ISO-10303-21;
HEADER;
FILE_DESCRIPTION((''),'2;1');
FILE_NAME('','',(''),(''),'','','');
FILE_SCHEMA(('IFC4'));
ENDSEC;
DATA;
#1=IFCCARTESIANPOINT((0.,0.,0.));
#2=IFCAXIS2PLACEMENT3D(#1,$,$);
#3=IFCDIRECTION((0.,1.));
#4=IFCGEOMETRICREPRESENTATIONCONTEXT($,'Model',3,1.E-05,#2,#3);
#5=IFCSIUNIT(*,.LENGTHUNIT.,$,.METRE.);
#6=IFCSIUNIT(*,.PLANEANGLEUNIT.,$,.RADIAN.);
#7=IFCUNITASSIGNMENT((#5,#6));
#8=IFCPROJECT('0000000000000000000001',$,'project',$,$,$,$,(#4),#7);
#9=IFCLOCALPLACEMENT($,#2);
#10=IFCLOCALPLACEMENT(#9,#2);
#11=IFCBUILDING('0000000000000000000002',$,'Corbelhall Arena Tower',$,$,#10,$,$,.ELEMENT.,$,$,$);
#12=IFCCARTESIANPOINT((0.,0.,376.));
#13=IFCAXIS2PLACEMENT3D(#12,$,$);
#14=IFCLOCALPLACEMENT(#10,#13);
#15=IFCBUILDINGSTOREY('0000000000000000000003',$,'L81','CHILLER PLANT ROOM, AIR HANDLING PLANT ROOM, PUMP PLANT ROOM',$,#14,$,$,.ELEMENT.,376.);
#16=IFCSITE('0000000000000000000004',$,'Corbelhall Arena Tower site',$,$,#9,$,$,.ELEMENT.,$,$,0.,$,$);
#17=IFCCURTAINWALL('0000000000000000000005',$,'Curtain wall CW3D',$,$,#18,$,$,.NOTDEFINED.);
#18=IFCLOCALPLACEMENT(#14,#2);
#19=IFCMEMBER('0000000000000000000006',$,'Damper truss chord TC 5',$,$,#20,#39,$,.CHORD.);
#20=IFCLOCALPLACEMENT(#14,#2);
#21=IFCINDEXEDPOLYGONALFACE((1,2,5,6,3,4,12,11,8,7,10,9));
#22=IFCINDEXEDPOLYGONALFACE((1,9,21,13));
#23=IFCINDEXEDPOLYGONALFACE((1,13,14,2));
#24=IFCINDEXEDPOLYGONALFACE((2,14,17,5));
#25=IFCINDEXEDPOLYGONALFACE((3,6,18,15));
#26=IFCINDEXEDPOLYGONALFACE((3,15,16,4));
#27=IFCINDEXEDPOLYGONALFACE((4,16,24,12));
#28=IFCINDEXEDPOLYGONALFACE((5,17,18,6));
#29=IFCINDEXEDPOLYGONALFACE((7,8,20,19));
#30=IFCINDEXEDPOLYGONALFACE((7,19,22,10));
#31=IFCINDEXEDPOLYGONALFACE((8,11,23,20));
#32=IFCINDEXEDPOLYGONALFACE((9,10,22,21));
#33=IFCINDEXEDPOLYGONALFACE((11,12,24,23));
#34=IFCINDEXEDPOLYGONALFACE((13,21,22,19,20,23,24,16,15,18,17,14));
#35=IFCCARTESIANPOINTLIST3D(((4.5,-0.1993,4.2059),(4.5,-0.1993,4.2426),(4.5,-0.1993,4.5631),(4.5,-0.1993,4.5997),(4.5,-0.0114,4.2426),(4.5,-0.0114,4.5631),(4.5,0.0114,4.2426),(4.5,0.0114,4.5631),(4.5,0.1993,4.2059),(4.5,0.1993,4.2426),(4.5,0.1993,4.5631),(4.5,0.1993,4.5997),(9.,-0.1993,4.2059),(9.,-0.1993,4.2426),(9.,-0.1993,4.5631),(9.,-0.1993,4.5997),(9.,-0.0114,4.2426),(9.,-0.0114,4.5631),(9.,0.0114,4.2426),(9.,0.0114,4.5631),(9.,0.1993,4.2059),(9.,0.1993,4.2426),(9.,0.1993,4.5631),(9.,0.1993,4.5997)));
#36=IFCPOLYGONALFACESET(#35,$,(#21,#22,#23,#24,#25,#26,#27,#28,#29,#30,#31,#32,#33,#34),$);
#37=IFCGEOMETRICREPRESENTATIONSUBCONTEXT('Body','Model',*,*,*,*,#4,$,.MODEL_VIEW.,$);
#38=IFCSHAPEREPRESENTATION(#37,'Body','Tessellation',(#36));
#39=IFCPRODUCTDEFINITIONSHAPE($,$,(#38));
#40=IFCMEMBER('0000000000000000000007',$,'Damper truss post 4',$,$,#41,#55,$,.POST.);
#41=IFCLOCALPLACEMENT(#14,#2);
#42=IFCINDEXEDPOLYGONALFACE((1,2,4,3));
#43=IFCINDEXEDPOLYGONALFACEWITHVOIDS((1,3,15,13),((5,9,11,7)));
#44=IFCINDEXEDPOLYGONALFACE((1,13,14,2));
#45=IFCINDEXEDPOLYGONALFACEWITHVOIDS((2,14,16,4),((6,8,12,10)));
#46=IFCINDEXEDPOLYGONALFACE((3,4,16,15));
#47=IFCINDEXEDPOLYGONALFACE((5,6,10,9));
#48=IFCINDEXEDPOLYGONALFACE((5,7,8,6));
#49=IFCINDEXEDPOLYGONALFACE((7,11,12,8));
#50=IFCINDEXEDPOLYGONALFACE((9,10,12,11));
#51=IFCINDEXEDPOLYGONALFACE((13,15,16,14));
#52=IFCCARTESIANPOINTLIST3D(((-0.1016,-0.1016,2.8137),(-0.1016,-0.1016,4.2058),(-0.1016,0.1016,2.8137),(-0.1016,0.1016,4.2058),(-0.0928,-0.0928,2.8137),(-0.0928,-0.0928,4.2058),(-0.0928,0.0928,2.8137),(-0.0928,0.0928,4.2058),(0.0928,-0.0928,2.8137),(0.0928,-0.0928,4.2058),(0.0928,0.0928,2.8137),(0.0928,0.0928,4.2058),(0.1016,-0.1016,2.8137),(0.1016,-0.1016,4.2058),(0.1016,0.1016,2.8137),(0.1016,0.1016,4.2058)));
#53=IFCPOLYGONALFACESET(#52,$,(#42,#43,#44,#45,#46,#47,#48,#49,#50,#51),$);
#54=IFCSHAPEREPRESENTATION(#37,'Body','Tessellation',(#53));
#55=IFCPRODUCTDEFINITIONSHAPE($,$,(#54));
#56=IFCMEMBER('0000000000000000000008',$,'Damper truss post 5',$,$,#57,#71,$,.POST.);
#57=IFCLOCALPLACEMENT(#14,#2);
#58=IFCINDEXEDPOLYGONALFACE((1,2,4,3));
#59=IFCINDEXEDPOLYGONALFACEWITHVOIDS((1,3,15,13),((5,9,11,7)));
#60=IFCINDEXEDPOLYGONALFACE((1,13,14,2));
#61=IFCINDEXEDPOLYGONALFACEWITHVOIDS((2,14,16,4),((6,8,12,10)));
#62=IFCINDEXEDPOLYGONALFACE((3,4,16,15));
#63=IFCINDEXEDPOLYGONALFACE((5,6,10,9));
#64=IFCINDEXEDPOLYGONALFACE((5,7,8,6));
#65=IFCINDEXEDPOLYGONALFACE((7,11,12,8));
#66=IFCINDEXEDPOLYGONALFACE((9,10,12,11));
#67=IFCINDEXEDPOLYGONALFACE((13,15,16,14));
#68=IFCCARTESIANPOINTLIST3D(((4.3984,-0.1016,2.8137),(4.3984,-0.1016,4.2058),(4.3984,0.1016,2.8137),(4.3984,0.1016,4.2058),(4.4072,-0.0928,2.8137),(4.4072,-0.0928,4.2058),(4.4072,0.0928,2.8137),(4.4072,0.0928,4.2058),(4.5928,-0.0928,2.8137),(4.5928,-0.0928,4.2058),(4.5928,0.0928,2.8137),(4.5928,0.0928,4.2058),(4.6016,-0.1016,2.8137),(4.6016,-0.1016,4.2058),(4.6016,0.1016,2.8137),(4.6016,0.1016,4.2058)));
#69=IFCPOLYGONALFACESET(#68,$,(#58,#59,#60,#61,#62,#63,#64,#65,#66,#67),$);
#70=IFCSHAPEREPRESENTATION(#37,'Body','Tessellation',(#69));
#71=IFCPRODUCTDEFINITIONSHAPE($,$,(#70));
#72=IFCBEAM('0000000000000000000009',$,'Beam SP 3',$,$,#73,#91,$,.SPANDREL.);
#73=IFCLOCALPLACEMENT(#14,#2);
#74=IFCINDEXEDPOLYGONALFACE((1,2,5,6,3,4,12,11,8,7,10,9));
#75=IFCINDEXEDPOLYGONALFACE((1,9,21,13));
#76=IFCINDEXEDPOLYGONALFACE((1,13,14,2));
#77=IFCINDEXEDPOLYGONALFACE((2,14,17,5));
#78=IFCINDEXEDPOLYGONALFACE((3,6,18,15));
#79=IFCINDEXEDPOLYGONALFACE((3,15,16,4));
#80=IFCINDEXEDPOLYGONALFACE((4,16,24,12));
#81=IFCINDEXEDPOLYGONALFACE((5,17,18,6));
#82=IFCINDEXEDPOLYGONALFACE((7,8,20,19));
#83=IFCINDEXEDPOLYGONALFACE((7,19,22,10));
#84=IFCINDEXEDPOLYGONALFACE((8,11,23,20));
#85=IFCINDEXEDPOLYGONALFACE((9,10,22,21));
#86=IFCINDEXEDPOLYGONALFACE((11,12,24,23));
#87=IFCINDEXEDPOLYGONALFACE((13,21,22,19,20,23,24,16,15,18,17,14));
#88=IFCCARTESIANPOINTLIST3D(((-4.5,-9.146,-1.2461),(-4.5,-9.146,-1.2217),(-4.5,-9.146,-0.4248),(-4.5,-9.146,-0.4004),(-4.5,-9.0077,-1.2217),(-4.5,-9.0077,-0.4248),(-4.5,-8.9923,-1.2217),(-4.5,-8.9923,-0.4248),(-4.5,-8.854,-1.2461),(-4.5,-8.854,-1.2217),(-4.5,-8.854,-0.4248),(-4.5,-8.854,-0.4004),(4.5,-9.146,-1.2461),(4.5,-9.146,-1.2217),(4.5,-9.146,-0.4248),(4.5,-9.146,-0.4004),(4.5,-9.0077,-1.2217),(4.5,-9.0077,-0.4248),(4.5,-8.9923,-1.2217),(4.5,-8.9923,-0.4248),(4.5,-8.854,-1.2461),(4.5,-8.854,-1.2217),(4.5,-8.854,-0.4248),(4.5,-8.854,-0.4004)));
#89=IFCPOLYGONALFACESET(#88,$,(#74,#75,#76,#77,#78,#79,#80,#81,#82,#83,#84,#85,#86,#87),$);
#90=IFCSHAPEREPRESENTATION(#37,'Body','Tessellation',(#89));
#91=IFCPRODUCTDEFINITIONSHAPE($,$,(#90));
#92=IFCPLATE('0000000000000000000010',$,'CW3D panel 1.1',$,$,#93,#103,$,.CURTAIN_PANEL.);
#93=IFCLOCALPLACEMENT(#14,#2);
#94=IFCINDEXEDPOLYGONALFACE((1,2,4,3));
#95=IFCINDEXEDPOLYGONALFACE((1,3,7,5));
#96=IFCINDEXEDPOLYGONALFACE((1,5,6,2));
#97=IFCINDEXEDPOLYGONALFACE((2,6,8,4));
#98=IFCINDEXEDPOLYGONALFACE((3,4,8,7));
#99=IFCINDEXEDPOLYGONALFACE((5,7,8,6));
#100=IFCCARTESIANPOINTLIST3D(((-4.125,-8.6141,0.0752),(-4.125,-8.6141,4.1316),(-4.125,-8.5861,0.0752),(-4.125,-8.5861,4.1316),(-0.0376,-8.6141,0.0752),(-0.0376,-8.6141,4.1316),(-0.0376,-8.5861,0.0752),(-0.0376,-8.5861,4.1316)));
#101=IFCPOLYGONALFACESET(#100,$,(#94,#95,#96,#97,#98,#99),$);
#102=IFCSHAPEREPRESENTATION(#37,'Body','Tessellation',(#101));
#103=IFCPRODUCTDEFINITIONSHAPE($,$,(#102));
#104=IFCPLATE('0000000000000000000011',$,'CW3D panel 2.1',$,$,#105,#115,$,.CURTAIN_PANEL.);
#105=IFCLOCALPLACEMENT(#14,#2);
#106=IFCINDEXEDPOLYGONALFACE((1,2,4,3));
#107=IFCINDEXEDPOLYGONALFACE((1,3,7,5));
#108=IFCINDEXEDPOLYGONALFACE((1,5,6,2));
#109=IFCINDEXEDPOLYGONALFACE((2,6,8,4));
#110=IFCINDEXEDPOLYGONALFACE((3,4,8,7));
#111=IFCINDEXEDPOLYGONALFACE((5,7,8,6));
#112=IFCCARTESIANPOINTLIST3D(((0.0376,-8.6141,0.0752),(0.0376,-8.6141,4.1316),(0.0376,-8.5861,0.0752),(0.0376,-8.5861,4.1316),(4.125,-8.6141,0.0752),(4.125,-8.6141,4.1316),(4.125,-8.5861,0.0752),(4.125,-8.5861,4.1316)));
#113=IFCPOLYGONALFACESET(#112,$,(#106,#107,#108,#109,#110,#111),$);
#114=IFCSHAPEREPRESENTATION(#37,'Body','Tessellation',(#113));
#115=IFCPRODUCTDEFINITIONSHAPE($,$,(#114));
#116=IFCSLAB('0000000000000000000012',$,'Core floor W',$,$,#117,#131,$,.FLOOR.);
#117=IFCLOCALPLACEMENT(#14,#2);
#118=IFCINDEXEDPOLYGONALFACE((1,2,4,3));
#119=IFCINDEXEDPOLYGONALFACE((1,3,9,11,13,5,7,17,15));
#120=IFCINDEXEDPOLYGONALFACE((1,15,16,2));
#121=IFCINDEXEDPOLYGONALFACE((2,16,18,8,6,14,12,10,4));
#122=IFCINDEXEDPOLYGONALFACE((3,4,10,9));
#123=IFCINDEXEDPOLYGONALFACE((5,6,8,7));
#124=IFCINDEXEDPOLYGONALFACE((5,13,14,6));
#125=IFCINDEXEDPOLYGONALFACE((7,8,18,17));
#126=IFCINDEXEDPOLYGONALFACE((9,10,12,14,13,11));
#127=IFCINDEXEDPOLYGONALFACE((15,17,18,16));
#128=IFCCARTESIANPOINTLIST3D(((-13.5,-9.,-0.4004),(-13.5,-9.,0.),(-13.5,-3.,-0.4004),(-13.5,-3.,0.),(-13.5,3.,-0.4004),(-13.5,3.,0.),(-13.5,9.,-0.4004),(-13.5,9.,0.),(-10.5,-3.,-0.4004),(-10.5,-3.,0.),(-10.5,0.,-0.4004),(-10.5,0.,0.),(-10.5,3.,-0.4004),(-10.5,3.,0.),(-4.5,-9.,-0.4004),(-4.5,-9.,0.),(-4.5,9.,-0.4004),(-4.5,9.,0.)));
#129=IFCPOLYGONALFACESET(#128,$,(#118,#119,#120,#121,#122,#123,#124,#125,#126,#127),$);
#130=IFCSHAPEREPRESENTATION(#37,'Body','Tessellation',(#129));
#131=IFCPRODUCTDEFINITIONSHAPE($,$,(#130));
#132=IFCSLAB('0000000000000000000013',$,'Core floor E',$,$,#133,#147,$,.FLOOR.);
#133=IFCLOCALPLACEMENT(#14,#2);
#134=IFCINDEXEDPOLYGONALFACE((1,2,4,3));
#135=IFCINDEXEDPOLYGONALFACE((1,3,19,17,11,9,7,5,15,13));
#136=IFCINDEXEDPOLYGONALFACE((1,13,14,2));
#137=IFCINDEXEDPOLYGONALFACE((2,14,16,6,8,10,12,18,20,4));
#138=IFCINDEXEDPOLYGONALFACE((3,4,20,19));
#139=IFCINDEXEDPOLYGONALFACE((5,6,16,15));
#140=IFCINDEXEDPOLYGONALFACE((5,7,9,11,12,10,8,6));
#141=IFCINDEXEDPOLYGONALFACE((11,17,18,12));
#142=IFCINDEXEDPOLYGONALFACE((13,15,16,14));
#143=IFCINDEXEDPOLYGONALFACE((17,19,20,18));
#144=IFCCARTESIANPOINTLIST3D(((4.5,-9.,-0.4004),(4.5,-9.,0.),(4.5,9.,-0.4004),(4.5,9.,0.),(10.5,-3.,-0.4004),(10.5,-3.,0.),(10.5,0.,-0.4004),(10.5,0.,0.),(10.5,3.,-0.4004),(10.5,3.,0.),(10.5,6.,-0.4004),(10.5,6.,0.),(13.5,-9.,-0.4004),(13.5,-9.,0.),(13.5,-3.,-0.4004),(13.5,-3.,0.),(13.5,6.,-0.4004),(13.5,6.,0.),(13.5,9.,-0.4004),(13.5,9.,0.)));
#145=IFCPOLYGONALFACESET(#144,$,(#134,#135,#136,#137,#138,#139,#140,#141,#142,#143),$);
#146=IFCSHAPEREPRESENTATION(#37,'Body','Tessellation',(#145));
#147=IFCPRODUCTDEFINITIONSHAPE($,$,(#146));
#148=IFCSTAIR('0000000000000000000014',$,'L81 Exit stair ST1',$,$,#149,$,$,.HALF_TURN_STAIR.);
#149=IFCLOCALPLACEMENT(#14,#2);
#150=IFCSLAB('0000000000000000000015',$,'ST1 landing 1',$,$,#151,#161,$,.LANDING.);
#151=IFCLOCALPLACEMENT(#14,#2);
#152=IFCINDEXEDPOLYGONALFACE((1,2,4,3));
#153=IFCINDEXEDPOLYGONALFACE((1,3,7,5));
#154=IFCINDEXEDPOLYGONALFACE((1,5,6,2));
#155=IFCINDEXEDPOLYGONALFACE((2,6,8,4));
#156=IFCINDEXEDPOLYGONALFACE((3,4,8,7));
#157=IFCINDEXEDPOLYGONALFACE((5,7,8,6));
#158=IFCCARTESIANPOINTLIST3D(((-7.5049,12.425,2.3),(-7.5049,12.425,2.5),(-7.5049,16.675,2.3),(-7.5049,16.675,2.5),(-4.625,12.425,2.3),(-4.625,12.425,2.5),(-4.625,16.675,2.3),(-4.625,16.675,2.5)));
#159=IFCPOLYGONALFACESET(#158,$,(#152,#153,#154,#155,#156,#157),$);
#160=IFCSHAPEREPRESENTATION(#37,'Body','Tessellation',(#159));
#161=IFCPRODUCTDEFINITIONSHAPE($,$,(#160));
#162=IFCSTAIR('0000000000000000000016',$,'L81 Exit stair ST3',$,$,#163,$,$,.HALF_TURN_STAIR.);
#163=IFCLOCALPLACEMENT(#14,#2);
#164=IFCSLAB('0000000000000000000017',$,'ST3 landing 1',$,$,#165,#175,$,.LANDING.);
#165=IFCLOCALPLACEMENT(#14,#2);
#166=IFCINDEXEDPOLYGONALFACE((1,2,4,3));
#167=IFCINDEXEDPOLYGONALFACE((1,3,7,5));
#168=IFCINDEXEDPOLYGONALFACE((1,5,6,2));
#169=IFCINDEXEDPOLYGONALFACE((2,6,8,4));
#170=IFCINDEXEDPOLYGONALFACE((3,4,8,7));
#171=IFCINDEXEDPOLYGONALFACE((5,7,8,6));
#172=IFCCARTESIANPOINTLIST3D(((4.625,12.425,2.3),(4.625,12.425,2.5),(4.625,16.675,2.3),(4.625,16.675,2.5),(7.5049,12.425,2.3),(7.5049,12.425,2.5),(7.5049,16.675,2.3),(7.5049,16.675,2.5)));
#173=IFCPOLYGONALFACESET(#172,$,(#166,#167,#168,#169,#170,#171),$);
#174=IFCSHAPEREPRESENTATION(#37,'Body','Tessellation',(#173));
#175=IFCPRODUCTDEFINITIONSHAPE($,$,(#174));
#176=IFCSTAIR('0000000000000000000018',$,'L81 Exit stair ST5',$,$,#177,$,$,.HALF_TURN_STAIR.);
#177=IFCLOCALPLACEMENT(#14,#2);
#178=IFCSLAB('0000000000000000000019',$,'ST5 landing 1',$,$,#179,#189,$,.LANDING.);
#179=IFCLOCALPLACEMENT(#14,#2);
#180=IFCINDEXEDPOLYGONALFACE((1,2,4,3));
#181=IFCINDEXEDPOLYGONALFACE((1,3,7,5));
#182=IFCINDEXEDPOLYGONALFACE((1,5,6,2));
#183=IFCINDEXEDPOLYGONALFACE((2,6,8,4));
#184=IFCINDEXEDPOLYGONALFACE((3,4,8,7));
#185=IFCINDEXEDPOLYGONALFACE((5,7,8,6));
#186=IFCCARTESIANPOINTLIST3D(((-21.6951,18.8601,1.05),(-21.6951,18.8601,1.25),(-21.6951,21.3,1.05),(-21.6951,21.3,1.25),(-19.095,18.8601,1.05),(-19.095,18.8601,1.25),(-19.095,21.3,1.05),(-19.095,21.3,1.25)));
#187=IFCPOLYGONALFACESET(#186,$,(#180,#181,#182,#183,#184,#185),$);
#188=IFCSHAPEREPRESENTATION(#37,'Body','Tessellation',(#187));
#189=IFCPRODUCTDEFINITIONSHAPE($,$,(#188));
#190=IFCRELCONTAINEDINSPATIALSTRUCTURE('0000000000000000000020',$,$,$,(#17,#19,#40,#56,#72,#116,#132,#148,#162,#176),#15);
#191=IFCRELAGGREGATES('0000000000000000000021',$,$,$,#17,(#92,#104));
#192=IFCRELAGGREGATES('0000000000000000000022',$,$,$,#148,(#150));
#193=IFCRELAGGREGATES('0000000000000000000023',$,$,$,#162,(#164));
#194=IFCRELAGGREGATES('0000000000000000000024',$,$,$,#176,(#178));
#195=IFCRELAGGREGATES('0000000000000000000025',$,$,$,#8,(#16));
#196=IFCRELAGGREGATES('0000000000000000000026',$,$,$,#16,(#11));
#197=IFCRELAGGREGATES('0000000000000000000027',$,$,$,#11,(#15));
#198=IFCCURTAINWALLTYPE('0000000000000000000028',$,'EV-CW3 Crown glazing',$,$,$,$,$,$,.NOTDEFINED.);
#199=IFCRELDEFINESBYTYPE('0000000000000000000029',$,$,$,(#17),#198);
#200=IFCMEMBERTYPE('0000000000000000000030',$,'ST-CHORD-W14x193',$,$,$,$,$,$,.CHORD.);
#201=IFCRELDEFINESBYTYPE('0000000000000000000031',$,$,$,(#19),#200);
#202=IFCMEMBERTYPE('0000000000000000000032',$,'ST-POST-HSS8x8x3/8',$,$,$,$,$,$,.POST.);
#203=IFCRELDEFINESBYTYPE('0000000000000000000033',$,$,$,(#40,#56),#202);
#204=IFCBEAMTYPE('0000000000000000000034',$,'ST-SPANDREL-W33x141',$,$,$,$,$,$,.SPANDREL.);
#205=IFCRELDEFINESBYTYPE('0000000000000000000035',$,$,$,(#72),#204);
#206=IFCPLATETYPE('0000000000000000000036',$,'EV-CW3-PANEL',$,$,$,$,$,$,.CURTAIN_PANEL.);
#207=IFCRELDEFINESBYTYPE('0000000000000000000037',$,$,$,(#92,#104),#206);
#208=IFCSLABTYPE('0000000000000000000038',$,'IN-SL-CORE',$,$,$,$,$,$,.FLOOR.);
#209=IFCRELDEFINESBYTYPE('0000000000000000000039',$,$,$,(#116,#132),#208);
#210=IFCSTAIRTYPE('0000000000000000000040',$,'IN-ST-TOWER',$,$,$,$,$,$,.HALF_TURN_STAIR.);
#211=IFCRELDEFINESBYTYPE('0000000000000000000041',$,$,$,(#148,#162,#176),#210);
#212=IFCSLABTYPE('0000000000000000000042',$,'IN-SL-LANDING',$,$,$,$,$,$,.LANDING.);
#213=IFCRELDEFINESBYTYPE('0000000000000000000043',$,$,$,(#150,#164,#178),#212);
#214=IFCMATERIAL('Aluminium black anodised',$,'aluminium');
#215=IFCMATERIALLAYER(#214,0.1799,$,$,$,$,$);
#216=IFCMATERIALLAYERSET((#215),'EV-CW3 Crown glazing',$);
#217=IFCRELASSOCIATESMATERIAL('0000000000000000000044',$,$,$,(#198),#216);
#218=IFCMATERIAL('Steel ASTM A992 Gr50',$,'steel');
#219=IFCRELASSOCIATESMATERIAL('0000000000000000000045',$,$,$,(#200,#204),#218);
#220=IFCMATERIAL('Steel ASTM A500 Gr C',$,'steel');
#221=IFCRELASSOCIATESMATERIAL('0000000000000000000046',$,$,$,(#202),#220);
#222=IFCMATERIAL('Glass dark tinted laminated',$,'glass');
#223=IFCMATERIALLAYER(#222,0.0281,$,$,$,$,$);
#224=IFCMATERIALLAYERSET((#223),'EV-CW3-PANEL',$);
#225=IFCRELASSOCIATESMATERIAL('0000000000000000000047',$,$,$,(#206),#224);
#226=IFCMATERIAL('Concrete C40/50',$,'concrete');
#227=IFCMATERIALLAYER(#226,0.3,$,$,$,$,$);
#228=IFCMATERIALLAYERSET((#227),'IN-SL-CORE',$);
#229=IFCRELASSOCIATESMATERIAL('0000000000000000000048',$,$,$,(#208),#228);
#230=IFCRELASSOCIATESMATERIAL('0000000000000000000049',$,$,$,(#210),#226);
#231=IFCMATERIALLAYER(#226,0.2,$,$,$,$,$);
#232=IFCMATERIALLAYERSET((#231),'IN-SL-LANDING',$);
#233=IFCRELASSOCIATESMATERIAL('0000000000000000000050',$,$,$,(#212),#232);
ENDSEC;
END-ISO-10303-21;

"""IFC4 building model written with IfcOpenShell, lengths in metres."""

from ifc_helpers import new_model, si_unit, direction, frame, origin, origin_2d, place, context, subcontext, project, spatial, polyline, rectangle, hollow_rectangle, i_section, outline, extrude, material, layer, layer_set, material_profile, profile_set, type_object, element, aggregate, save


model = new_model("IFC4")

# Units and contexts
model_context = context("Model", 3, precision=1e-05, world=origin(), true_north=direction((0.0, 1.0)))
body_context = subcontext(model_context, "Body", "Model", "MODEL_VIEW")
ifc_project = project(units=[si_unit("LENGTHUNIT", "METRE"), si_unit("PLANEANGLEUNIT", "RADIAN")], contexts=[model_context])

# Site, building, storey
site_placement = place(None, origin())
site = spatial("IfcSite", under=ifc_project, at=site_placement, Name="Corbelhall Arena Tower site", CompositionType="ELEMENT", RefElevation=0.0)
building_placement = place(site_placement, origin())
building = spatial("IfcBuilding", under=site, at=building_placement, Name="Corbelhall Arena Tower", CompositionType="ELEMENT")
storey_placement = place(building_placement, frame((0.0, 0.0, 376.0)))
storey = spatial("IfcBuildingStorey", under=building, at=storey_placement, Name="L81", Description="CHILLER PLANT ROOM, AIR HANDLING PLANT ROOM, PUMP PLANT ROOM", CompositionType="ELEMENT", Elevation=376.0)

# Curtain wall
ifc_material_1 = material(Name="Aluminium black anodised", Category="aluminium")
ifc_layer_1 = layer(ifc_material_1, 0.1799)
ifc_layer_set_1 = layer_set([ifc_layer_1], Name="EV-CW3 Crown glazing")
curtain_wall_type = type_object("IfcCurtainWallType", Name="EV-CW3 Crown glazing", PredefinedType="NOTDEFINED", material=ifc_layer_set_1)
curtain_wall_placement = place(storey_placement, origin())
curtain_wall = element("IfcCurtainWall", 1, at=curtain_wall_placement, inside=storey, type_object=curtain_wall_type, Name="Curtain wall CW3D", PredefinedType="NOTDEFINED")

# Shared definitions
ifc_material_2 = material(Name="Steel ASTM A992 Gr50", Category="steel")

# Members
ifc_material_profile_1 = material_profile(ifc_material_2, i_section(OverallWidth=0.3987, OverallDepth=0.3938, WebThickness=0.0227, FlangeThickness=0.0366, at=origin_2d()))
ifc_profile_set_1 = profile_set([ifc_material_profile_1], Name="Steel ASTM A992 Gr50")
member_type_1 = type_object("IfcMemberType", Name="ST-CHORD-W14x193", PredefinedType="CHORD", material=ifc_profile_set_1)
for number, where, z_axis, x_axis, name in (
    (2, (4.5, 0.0, 4.4028), (1.0, 0.0, 0.0), (0.0, 1.0, 0.0), "Damper truss chord TC 5"),
):
    element("IfcMember", number, at=place(storey_placement, frame(where, z_axis=z_axis, x_axis=x_axis)), inside=storey, type_object=member_type_1, Name=name, PredefinedType="CHORD", context=body_context, shape_type="SweptSolid", body=[
        extrude(i_section(OverallWidth=0.3987, OverallDepth=0.3938, WebThickness=0.0227, FlangeThickness=0.0366, at=origin_2d()), origin(), (0.0, 0.0, 1.0), 4.5),
    ])
ifc_material_3 = material(Name="Steel ASTM A500 Gr C", Category="steel")
ifc_material_profile_2 = material_profile(ifc_material_3, hollow_rectangle(XDim=0.2031, YDim=0.2031, WallThickness=0.0088, at=origin_2d()))
ifc_profile_set_2 = profile_set([ifc_material_profile_2], Name="Steel ASTM A500 Gr C")
member_type_2 = type_object("IfcMemberType", Name="ST-POST-HSS8x8x3/8", PredefinedType="POST", material=ifc_profile_set_2)
for number, where, z_axis, x_axis, name in (
    (3, (0.0, 0.0, 2.8137), (0.0, 0.0, 1.0), (1.0, 0.0, 0.0), "Damper truss post 4"),
    (4, (4.5, 0.0, 2.8137), (0.0, 0.0, 1.0), (1.0, 0.0, 0.0), "Damper truss post 5"),
):
    element("IfcMember", number, at=place(storey_placement, frame(where, z_axis=z_axis, x_axis=x_axis)), inside=storey, type_object=member_type_2, Name=name, PredefinedType="POST", context=body_context, shape_type="SweptSolid", body=[
        extrude(hollow_rectangle(XDim=0.2031, YDim=0.2031, WallThickness=0.0088, at=origin_2d()), origin(), (0.0, 0.0, 1.0), 1.3921),
    ])

# Beam
ifc_material_profile_3 = material_profile(ifc_material_2, i_section(OverallWidth=0.292, OverallDepth=0.8457, WebThickness=0.0154, FlangeThickness=0.0244, at=origin_2d()))
ifc_profile_set_3 = profile_set([ifc_material_profile_3], Name="Steel ASTM A992 Gr50")
beam_type_1 = type_object("IfcBeamType", Name="ST-SPANDREL-W33x141", PredefinedType="SPANDREL", material=ifc_profile_set_3)
beam_placement = place(storey_placement, frame((4.5, -9.0, -0.8232), z_axis=(-1.0, 0.0, 0.0), x_axis=(0.0, -1.0, 0.0)))
element("IfcBeam", 5, at=beam_placement, inside=storey, type_object=beam_type_1, Name="Beam SP 3", PredefinedType="SPANDREL", context=body_context, shape_type="SweptSolid", body=[
    extrude(i_section(OverallWidth=0.292, OverallDepth=0.8457, WebThickness=0.0154, FlangeThickness=0.0244, at=origin_2d()), origin(), (0.0, 0.0, 1.0), 9.0),
])

# Plates
ifc_material_4 = material(Name="Glass dark tinted laminated", Category="glass")
ifc_layer_2 = layer(ifc_material_4, 0.0281)
ifc_layer_set_2 = layer_set([ifc_layer_2], Name="EV-CW3-PANEL")
plate_type = type_object("IfcPlateType", Name="EV-CW3-PANEL", PredefinedType="CURTAIN_PANEL", material=ifc_layer_set_2)
plate_1_placement = place(storey_placement, frame((-2.0813, -8.6001, 0.0752), z_axis=(0.0, 0.0, 1.0), x_axis=(1.0, 0.0, 0.0)))
plate_1 = element("IfcPlate", 6, at=plate_1_placement, type_object=plate_type, Name="CW3D panel 1.1", PredefinedType="CURTAIN_PANEL", context=body_context, shape_type="SweptSolid", body=[
    extrude(rectangle(XDim=4.0874, YDim=0.0281, at=origin_2d()), origin(), (0.0, 0.0, 1.0), 4.0564),
])
plate_2_placement = place(storey_placement, frame((2.0813, -8.6001, 0.0752), z_axis=(0.0, 0.0, 1.0), x_axis=(1.0, 0.0, 0.0)))
plate_2 = element("IfcPlate", 7, at=plate_2_placement, type_object=plate_type, Name="CW3D panel 2.1", PredefinedType="CURTAIN_PANEL", context=body_context, shape_type="SweptSolid", body=[
    extrude(rectangle(XDim=4.0874, YDim=0.0281, at=origin_2d()), origin(), (0.0, 0.0, 1.0), 4.0564),
])
aggregate(curtain_wall, [plate_1, plate_2])

# Slabs
ifc_material_5 = material(Name="Concrete C40/50", Category="concrete")
ifc_layer_3 = layer(ifc_material_5, 0.3)
ifc_layer_set_3 = layer_set([ifc_layer_3], Name="IN-SL-CORE")
slab_type_1 = type_object("IfcSlabType", Name="IN-SL-CORE", PredefinedType="FLOOR", material=ifc_layer_set_3)
slab_1_placement = place(storey_placement, frame((0.0, 0.0, -0.4004)))
element("IfcSlab", 8, at=slab_1_placement, inside=storey, type_object=slab_type_1, Name="Core floor W", PredefinedType="FLOOR", context=body_context, shape_type="SweptSolid", body=[
    extrude(outline(polyline([(-4.5, 9.0), (-13.5, 9.0), (-13.5, 3.0), (-10.5, 3.0), (-10.5, 0.0), (-10.5, -3.0), (-13.5, -3.0), (-13.5, -9.0), (-4.5, -9.0), (-4.5, 9.0)])), origin(), (0.0, 0.0, 1.0), 0.4004),
])
slab_2_placement = place(storey_placement, frame((0.0, 0.0, -0.4004)))
element("IfcSlab", 9, at=slab_2_placement, inside=storey, type_object=slab_type_1, Name="Core floor E", PredefinedType="FLOOR", context=body_context, shape_type="SweptSolid", body=[
    extrude(outline(polyline([(4.5, 9.0), (4.5, -9.0), (13.5, -9.0), (13.5, -3.0), (10.5, -3.0), (10.5, 0.0), (10.5, 3.0), (10.5, 6.0), (13.5, 6.0), (13.5, 9.0), (4.5, 9.0)])), origin(), (0.0, 0.0, 1.0), 0.4004),
])

# Stairs, slabs
stair_type = type_object("IfcStairType", Name="IN-ST-TOWER", PredefinedType="HALF_TURN_STAIR", material=ifc_material_5)
stair_1_placement = place(storey_placement, origin())
stair_1 = element("IfcStair", 10, at=stair_1_placement, inside=storey, type_object=stair_type, Name="L81 Exit stair ST1", PredefinedType="HALF_TURN_STAIR")
ifc_layer_4 = layer(ifc_material_5, 0.2)
ifc_layer_set_4 = layer_set([ifc_layer_4], Name="IN-SL-LANDING")
slab_type_2 = type_object("IfcSlabType", Name="IN-SL-LANDING", PredefinedType="LANDING", material=ifc_layer_set_4)
slab_3_placement = place(storey_placement, frame((0.0, 0.0, 2.3)))
slab_3 = element("IfcSlab", 11, at=slab_3_placement, type_object=slab_type_2, Name="ST1 landing 1", PredefinedType="LANDING", context=body_context, shape_type="SweptSolid", body=[
    extrude(outline(polyline([(-7.5049, 12.425), (-4.625, 12.425), (-4.625, 16.675), (-7.5049, 16.675), (-7.5049, 12.425)])), origin(), (0.0, 0.0, 1.0), 0.2),
])
aggregate(stair_1, [slab_3])
stair_2_placement = place(storey_placement, origin())
stair_2 = element("IfcStair", 12, at=stair_2_placement, inside=storey, type_object=stair_type, Name="L81 Exit stair ST3", PredefinedType="HALF_TURN_STAIR")
slab_4_placement = place(storey_placement, frame((0.0, 0.0, 2.3)))
slab_4 = element("IfcSlab", 13, at=slab_4_placement, type_object=slab_type_2, Name="ST3 landing 1", PredefinedType="LANDING", context=body_context, shape_type="SweptSolid", body=[
    extrude(outline(polyline([(7.5049, 16.675), (4.625, 16.675), (4.625, 12.425), (7.5049, 12.425), (7.5049, 16.675)])), origin(), (0.0, 0.0, 1.0), 0.2),
])
aggregate(stair_2, [slab_4])

# Stair, slab
stair_3_placement = place(storey_placement, origin())
stair_3 = element("IfcStair", 14, at=stair_3_placement, inside=storey, type_object=stair_type, Name="L81 Exit stair ST5", PredefinedType="HALF_TURN_STAIR")
slab_5_placement = place(storey_placement, frame((0.0, 0.0, 1.05)))
slab_5 = element("IfcSlab", 15, at=slab_5_placement, type_object=slab_type_2, Name="ST5 landing 1", PredefinedType="LANDING", context=body_context, shape_type="SweptSolid", body=[
    extrude(outline(polyline([(-19.095, 18.8601), (-19.095, 21.3), (-21.6951, 21.3), (-21.6951, 18.8601), (-19.095, 18.8601)])), origin(), (0.0, 0.0, 1.0), 0.2),
])
aggregate(stair_3, [slab_5])

save(model, "model.ifc")
